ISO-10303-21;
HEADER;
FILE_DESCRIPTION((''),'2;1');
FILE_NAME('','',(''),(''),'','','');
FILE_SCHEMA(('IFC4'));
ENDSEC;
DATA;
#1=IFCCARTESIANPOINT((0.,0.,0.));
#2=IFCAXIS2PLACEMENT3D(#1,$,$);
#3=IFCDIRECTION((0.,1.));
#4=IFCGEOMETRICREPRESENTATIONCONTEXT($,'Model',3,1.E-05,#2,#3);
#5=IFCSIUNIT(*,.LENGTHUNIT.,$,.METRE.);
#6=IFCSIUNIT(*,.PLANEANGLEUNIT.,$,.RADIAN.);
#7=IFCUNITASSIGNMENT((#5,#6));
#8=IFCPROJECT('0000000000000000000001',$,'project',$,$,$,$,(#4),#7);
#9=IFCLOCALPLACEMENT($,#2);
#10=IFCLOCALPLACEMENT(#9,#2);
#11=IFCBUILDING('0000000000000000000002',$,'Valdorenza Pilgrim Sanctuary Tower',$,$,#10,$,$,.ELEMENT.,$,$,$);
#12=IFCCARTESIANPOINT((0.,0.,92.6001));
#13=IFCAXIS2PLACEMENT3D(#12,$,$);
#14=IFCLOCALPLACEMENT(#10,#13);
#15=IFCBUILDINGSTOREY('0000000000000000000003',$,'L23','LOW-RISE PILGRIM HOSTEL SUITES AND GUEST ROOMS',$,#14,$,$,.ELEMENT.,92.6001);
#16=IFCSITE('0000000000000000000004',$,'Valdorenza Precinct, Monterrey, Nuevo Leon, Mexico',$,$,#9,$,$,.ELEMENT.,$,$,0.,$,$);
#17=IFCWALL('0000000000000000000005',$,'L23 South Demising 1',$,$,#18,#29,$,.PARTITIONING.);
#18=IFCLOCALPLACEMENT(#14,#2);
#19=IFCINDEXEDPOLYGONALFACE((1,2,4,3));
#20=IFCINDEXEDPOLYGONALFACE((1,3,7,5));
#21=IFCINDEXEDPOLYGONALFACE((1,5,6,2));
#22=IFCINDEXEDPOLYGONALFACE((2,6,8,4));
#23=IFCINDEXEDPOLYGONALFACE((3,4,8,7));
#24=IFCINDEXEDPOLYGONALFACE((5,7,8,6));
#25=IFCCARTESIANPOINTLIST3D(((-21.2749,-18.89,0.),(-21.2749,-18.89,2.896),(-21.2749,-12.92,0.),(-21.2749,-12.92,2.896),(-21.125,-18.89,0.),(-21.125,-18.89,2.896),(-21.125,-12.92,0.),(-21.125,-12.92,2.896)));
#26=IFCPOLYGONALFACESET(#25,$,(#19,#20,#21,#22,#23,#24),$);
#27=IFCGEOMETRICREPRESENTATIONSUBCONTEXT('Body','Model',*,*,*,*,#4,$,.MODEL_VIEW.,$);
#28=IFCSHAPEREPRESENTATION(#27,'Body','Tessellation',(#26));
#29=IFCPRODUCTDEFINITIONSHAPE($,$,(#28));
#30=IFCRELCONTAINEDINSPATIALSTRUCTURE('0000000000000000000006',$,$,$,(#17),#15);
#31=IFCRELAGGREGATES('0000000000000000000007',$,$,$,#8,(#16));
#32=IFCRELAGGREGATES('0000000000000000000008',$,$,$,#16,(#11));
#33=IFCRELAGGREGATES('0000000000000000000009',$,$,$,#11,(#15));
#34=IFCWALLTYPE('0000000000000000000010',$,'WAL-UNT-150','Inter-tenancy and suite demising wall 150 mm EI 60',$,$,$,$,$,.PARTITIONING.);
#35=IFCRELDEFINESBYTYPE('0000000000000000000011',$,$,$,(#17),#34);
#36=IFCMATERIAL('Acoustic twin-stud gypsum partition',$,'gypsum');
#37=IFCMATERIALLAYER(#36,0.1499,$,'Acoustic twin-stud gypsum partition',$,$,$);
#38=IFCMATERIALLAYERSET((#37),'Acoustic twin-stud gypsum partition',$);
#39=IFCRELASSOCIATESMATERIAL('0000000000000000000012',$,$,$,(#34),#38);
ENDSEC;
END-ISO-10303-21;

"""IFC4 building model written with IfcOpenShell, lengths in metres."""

from ifc_helpers import new_model, si_unit, direction, frame, frame_2d, origin, place, context, subcontext, project, spatial, rectangle, extrude, material, layer, layer_set, type_object, element, save


model = new_model("IFC4")

# Units and contexts
model_context = context("Model", 3, precision=1e-05, world=origin(), true_north=direction((0.0, 1.0)))
body_context = subcontext(model_context, "Body", "Model", "MODEL_VIEW")
ifc_project = project(units=[si_unit("LENGTHUNIT", "METRE"), si_unit("PLANEANGLEUNIT", "RADIAN")], contexts=[model_context])

# Site, building, storey
site_placement = place(None, origin())
site = spatial("IfcSite", under=ifc_project, at=site_placement, Name="Valdorenza Precinct, Monterrey, Nuevo Leon, Mexico", CompositionType="ELEMENT", RefElevation=0.0)
building_placement = place(site_placement, origin())
building = spatial("IfcBuilding", under=site, at=building_placement, Name="Valdorenza Pilgrim Sanctuary Tower", CompositionType="ELEMENT")
storey_placement = place(building_placement, frame((0.0, 0.0, 92.6001)))
storey = spatial("IfcBuildingStorey", under=building, at=storey_placement, Name="L23", Description="LOW-RISE PILGRIM HOSTEL SUITES AND GUEST ROOMS", CompositionType="ELEMENT", Elevation=92.6001)

# Wall
ifc_material_1 = material(Name="Acoustic twin-stud gypsum partition", Category="gypsum")
ifc_layer_1 = layer(ifc_material_1, 0.1499, Name="Acoustic twin-stud gypsum partition")
ifc_layer_set_1 = layer_set([ifc_layer_1], Name="Acoustic twin-stud gypsum partition")
wall_type_1 = type_object("IfcWallType", Name="WAL-UNT-150", Description="Inter-tenancy and suite demising wall 150 mm EI 60", PredefinedType="PARTITIONING", material=ifc_layer_set_1)
wall_1_placement = place(storey_placement, frame((-21.2, -18.8899, 0.0), z_axis=(0.0, 0.0, 1.0), x_axis=(0.0, 1.0, 0.0)))
element("IfcWall", 1, at=wall_1_placement, inside=storey, type_object=wall_type_1, Name="L23 South Demising 1", PredefinedType="PARTITIONING", context=body_context, shape_type="SweptSolid", body=[
    extrude(rectangle(XDim=5.97, YDim=0.1499, at=frame_2d((2.9849, 0.0))), origin(), (0.0, 0.0, 1.0), 2.896),
])

save(model, "model.ifc")
